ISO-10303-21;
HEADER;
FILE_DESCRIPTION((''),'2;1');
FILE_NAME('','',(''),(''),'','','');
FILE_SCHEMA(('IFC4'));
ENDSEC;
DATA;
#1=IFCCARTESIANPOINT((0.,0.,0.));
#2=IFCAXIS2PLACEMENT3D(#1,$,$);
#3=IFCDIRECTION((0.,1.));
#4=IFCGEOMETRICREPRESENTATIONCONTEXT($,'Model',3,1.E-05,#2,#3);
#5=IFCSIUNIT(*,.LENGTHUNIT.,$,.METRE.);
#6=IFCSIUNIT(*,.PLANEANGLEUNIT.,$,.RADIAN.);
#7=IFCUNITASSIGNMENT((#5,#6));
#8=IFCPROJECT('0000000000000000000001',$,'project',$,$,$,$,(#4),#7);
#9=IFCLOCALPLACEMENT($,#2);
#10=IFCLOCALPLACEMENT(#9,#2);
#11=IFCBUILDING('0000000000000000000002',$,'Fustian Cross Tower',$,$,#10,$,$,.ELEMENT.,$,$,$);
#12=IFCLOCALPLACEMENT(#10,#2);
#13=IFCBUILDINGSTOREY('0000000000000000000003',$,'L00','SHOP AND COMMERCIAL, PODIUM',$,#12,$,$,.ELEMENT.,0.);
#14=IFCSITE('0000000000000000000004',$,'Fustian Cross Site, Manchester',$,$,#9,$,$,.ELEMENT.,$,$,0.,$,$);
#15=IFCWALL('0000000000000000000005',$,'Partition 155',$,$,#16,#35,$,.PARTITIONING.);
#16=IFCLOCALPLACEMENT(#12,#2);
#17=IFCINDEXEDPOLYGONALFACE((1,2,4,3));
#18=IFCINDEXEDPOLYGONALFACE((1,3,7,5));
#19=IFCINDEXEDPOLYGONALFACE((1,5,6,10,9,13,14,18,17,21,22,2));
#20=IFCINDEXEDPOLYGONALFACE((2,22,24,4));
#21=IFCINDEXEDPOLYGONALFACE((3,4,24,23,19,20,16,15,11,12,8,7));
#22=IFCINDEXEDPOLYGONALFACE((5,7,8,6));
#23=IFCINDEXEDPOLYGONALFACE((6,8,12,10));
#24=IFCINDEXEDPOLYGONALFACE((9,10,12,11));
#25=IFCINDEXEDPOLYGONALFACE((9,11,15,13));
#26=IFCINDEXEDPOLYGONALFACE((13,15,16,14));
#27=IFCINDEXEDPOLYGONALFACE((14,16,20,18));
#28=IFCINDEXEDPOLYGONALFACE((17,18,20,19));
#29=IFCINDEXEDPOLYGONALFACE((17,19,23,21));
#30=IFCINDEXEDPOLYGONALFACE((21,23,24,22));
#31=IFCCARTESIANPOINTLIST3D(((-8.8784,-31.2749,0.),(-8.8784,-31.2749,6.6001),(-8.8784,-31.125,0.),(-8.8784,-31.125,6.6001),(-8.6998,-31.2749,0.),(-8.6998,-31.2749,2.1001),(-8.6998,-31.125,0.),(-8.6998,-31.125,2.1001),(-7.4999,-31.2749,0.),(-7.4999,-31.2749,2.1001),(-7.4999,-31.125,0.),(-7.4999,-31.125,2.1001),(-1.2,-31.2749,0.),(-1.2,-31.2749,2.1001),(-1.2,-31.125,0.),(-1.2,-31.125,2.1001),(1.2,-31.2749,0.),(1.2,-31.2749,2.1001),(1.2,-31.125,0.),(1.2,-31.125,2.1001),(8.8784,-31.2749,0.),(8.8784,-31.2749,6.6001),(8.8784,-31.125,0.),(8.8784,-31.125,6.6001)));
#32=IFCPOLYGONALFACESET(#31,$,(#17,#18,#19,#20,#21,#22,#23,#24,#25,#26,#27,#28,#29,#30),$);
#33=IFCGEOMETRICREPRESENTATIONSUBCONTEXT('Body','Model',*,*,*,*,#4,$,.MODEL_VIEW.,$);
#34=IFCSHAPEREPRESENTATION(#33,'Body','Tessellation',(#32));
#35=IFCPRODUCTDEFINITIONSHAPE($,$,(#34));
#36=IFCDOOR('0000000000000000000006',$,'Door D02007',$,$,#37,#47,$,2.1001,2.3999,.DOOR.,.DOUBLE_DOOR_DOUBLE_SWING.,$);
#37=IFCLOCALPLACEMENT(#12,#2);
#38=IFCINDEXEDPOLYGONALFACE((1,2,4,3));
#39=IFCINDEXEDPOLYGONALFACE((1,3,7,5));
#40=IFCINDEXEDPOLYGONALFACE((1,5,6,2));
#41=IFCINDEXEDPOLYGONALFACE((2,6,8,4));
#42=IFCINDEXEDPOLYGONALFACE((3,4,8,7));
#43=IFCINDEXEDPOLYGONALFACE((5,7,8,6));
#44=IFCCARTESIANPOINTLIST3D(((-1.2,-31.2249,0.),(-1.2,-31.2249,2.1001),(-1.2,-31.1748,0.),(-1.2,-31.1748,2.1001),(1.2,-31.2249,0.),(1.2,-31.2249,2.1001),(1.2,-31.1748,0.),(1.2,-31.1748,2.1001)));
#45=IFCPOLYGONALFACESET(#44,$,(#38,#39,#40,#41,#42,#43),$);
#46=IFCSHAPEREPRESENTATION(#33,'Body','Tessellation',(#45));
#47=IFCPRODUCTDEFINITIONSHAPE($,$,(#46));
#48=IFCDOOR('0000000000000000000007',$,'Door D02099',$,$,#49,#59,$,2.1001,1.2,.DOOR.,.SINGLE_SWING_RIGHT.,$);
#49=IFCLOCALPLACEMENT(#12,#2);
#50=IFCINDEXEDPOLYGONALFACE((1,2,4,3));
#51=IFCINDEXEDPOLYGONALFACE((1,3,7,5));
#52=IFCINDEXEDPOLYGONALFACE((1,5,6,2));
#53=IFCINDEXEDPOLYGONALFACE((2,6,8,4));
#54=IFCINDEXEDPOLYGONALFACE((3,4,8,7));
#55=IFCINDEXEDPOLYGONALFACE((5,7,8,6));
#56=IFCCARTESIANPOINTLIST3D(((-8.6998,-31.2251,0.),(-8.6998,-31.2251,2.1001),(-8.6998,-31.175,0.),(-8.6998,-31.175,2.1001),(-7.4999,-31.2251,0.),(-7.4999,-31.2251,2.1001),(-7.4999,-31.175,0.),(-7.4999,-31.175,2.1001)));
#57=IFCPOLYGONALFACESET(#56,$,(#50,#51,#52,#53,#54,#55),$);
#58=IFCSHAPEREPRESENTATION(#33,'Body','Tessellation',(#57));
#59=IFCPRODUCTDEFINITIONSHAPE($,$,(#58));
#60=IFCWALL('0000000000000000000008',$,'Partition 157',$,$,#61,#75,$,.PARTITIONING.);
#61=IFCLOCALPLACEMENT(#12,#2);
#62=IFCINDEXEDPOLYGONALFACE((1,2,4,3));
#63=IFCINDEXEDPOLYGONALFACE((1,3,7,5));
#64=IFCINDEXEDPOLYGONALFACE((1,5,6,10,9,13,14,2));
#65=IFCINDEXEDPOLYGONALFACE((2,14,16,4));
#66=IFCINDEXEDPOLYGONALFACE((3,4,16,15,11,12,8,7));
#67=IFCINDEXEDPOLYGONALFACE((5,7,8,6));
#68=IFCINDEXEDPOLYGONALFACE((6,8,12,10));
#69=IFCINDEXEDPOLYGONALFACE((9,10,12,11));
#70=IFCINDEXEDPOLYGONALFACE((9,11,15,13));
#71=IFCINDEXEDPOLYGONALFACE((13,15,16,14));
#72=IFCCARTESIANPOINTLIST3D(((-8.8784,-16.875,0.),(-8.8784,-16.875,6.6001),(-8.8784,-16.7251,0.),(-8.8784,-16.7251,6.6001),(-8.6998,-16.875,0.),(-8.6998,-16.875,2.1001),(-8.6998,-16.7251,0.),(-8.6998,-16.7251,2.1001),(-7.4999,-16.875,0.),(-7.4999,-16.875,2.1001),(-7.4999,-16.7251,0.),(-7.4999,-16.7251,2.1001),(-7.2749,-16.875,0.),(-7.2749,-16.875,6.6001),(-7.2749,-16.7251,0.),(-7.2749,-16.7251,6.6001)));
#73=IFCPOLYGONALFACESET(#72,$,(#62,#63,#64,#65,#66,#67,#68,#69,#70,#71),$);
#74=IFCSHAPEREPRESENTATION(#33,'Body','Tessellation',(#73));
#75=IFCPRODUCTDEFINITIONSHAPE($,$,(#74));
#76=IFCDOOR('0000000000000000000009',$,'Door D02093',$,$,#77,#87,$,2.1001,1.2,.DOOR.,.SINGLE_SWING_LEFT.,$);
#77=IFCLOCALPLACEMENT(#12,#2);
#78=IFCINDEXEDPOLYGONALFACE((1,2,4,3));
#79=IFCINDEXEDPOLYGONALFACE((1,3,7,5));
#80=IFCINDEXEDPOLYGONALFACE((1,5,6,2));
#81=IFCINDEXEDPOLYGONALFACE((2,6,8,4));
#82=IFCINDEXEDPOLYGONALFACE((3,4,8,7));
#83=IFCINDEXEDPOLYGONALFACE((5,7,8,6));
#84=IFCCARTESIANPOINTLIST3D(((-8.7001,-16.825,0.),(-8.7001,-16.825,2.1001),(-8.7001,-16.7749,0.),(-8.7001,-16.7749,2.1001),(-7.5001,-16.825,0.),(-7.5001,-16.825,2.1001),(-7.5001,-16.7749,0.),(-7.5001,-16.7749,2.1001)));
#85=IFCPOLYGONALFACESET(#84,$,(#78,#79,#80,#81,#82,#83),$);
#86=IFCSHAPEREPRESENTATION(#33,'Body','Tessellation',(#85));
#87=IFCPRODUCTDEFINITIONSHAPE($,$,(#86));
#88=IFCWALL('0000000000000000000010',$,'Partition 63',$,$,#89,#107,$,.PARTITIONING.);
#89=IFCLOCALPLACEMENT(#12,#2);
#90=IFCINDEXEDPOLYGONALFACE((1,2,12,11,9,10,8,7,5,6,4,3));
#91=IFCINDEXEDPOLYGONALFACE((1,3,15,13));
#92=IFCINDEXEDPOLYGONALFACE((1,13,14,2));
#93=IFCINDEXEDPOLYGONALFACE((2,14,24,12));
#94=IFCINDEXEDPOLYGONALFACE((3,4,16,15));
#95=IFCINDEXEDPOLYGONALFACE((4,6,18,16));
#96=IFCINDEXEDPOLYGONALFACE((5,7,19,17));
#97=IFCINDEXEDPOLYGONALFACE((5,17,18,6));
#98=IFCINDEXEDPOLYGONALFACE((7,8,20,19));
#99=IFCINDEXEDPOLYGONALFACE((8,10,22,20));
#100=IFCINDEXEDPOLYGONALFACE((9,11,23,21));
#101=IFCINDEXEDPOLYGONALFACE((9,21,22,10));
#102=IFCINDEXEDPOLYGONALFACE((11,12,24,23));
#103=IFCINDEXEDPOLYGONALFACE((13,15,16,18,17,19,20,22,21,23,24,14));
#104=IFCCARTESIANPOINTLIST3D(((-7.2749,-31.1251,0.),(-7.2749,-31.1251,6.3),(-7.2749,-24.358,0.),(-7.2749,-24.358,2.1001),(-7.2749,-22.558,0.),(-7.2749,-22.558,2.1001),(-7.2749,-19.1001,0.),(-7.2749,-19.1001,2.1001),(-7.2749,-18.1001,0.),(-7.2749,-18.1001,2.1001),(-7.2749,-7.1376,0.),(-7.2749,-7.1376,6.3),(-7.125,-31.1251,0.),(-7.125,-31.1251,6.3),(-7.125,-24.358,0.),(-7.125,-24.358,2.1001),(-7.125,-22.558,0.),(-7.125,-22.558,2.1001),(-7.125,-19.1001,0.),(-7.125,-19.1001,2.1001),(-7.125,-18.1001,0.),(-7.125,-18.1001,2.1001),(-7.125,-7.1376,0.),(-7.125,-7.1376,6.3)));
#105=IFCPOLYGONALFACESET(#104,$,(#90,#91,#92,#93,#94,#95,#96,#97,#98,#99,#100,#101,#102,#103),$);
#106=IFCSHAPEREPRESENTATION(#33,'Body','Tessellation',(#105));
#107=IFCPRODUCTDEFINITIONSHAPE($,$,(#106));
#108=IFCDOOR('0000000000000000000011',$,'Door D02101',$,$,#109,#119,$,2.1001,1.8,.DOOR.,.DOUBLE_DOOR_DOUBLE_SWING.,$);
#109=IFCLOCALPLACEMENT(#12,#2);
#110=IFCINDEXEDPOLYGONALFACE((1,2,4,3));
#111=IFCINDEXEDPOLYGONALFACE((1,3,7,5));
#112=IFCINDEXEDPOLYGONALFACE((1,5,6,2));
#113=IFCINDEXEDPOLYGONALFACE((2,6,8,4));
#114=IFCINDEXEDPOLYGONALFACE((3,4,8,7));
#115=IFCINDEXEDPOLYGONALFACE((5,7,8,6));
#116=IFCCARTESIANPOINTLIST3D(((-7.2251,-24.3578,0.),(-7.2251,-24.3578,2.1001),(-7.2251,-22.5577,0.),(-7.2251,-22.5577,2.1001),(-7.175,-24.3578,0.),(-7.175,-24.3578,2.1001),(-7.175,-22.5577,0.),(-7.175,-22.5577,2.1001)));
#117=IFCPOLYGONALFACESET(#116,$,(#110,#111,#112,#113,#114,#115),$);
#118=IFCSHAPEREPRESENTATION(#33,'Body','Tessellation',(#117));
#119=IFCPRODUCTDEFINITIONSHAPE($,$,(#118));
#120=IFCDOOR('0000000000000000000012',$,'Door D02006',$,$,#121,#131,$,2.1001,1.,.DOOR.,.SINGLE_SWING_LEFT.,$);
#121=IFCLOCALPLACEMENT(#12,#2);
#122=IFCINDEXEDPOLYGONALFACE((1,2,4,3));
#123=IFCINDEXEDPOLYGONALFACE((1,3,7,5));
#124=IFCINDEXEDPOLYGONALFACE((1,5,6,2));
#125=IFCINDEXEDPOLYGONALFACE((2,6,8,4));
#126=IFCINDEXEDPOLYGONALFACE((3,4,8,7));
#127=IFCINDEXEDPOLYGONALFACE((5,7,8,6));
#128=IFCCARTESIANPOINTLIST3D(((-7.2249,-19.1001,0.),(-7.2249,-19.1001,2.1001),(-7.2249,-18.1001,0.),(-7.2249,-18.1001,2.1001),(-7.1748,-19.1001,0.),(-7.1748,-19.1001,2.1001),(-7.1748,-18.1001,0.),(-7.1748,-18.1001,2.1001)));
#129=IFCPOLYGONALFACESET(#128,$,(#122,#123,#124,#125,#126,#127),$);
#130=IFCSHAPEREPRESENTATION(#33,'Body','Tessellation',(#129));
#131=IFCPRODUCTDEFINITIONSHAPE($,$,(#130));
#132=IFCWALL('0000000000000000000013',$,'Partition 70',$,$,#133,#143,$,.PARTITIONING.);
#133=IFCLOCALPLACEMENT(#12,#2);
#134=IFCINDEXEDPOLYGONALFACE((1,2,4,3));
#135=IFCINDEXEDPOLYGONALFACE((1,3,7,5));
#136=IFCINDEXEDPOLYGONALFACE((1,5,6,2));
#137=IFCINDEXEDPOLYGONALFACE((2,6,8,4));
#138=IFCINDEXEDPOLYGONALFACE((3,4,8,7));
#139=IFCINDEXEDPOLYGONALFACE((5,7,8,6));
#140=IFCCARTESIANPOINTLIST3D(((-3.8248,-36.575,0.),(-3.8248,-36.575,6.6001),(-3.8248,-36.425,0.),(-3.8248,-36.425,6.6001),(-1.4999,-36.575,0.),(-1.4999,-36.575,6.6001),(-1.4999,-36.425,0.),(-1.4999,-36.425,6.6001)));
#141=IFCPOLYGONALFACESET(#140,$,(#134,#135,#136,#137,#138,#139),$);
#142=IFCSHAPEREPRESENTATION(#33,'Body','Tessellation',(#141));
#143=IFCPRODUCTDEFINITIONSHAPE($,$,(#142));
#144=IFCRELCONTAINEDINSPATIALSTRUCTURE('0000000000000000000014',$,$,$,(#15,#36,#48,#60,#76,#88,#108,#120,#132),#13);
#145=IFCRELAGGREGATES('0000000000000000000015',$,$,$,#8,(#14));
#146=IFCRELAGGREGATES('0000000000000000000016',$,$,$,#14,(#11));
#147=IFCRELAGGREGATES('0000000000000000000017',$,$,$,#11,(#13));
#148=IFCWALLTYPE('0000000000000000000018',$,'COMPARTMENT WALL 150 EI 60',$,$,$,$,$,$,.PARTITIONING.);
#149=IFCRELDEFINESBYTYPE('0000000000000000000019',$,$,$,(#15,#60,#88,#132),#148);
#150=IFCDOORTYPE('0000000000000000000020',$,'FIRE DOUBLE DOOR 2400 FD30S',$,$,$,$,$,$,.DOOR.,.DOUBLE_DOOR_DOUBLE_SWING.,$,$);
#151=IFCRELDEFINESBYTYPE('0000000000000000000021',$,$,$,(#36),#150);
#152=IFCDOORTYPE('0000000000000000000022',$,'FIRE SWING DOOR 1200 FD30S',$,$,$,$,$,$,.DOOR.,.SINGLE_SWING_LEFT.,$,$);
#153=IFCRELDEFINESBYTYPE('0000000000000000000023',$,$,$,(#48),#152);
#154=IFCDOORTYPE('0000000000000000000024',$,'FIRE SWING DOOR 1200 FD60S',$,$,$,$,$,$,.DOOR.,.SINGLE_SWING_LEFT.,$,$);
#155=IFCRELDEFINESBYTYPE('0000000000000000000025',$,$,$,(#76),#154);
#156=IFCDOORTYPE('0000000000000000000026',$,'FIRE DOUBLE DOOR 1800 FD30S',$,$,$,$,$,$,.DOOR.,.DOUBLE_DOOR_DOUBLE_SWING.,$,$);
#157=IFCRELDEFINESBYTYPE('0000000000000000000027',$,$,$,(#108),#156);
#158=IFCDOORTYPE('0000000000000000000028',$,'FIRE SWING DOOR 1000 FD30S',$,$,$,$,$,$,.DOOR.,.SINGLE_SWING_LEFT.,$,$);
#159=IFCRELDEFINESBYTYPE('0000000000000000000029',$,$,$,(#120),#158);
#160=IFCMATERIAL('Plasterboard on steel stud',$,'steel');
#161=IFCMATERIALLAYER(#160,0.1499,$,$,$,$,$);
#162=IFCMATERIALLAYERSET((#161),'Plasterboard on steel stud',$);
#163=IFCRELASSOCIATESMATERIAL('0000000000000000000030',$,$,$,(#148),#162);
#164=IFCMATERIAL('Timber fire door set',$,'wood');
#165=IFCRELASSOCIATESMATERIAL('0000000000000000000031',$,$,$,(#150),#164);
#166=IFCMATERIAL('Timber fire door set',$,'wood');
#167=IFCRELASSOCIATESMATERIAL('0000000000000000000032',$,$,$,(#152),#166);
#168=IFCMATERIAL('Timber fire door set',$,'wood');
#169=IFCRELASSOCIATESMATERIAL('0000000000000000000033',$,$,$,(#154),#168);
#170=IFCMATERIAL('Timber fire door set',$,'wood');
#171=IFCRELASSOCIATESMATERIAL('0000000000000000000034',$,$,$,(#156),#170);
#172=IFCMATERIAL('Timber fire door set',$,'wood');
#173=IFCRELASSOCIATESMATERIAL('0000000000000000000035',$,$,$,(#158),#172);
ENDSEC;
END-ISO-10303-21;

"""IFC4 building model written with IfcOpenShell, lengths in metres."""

from ifc_helpers import new_model, si_unit, direction, frame, frame_2d, origin, place, context, subcontext, project, spatial, rectangle, extrude, material, layer, layer_set, type_object, element, fill, save


model = new_model("IFC4")

# Units and contexts
model_context = context("Model", 3, precision=1e-05, world=origin(), true_north=direction((0.0, 1.0)))
body_context = subcontext(model_context, "Body", "Model", "MODEL_VIEW")
ifc_project = project(units=[si_unit("LENGTHUNIT", "METRE"), si_unit("PLANEANGLEUNIT", "RADIAN")], contexts=[model_context])

# Site, building, storey
site_placement = place(None, origin())
site = spatial("IfcSite", under=ifc_project, at=site_placement, Name="Fustian Cross Site, Manchester", CompositionType="ELEMENT", RefElevation=0.0)
building_placement = place(site_placement, origin())
building = spatial("IfcBuilding", under=site, at=building_placement, Name="Fustian Cross Tower", CompositionType="ELEMENT")
storey_placement = place(building_placement, origin())
storey = spatial("IfcBuildingStorey", under=building, at=storey_placement, Name="L00", Description="SHOP AND COMMERCIAL, PODIUM", CompositionType="ELEMENT", Elevation=0.0)

# Wall, openings, doors
ifc_material_1 = material(Name="Plasterboard on steel stud", Category="steel")
ifc_layer_1 = layer(ifc_material_1, 0.1499)
ifc_layer_set_1 = layer_set([ifc_layer_1], Name="Plasterboard on steel stud")
wall_type_1 = type_object("IfcWallType", Name="COMPARTMENT WALL 150 EI 60", PredefinedType="PARTITIONING", material=ifc_layer_set_1)
wall_1_placement = place(storey_placement, frame((-8.8784, -31.2, 0.0), z_axis=(0.0, 0.0, 1.0), x_axis=(1.0, 0.0, 0.0)))
wall_1 = element("IfcWall", 1, at=wall_1_placement, inside=storey, type_object=wall_type_1, Name="Partition 155", PredefinedType="PARTITIONING", context=body_context, shape_type="SweptSolid", body=[
    extrude(rectangle(XDim=17.7568, YDim=0.1499, at=frame_2d((8.8784, 0.0))), origin(), (0.0, 0.0, 1.0), 6.6001),
])
opening_1_placement = place(wall_1_placement, frame((7.6785, 0.0, 0.0)))
opening_1 = element("IfcOpeningElement", 2, at=opening_1_placement, cuts=wall_1, PredefinedType="OPENING", context=body_context, shape_type="SweptSolid", body=[
    extrude(rectangle(XDim=2.3999, YDim=2.1001, at=frame_2d((1.2, 1.05))), frame((0.0, 0.085, 0.0), z_axis=(0.0, -1.0, 0.0), x_axis=(1.0, 0.0, 0.0)), (0.0, 0.0, 1.0), 0.1699),
])
opening_2_placement = place(wall_1_placement, frame((0.1785, 0.0, 0.0)))
opening_2 = element("IfcOpeningElement", 3, at=opening_2_placement, cuts=wall_1, PredefinedType="OPENING", context=body_context, shape_type="SweptSolid", body=[
    extrude(rectangle(XDim=1.2, YDim=2.1001, at=frame_2d((0.6001, 1.05))), frame((0.0, 0.085, 0.0), z_axis=(0.0, -1.0, 0.0), x_axis=(1.0, 0.0, 0.0)), (0.0, 0.0, 1.0), 0.1699),
])
ifc_material_2 = material(Name="Timber fire door set", Category="wood")
door_type_1 = type_object("IfcDoorType", Name="FIRE DOUBLE DOOR 2400 FD30S", OperationType="DOUBLE_DOOR_DOUBLE_SWING", PredefinedType="DOOR", material=ifc_material_2)
door_1_placement = place(opening_1_placement, frame((2.3999, 0.0, 0.0), z_axis=(0.0, 0.0, 1.0), x_axis=(-1.0, 0.0, 0.0)))
door_1 = element("IfcDoor", 4, at=door_1_placement, inside=storey, type_object=door_type_1, Name="Door D02007", OperationType="DOUBLE_DOOR_DOUBLE_SWING", OverallHeight=2.1001, OverallWidth=2.3999, PredefinedType="DOOR", context=body_context, shape_type="SweptSolid", body=[
    extrude(rectangle(XDim=2.3999, YDim=2.1001, at=frame_2d((1.2, 1.05))), frame((0.0, 0.0249, 0.0), z_axis=(0.0, -1.0, 0.0), x_axis=(1.0, 0.0, 0.0)), (0.0, 0.0, 1.0), 0.05),
])
fill(opening_1, door_1)
ifc_material_3 = material(Name="Timber fire door set", Category="wood")
door_type_2 = type_object("IfcDoorType", Name="FIRE SWING DOOR 1200 FD30S", OperationType="SINGLE_SWING_LEFT", PredefinedType="DOOR", material=ifc_material_3)
door_2_placement = place(opening_2_placement, origin())
door_2 = element("IfcDoor", 5, at=door_2_placement, inside=storey, type_object=door_type_2, Name="Door D02099", OperationType="SINGLE_SWING_RIGHT", OverallHeight=2.1001, OverallWidth=1.2, PredefinedType="DOOR", context=body_context, shape_type="SweptSolid", body=[
    extrude(rectangle(XDim=1.2, YDim=2.1001, at=frame_2d((0.6001, 1.05))), frame((0.0, 0.0249, 0.0), z_axis=(0.0, -1.0, 0.0), x_axis=(1.0, 0.0, 0.0)), (0.0, 0.0, 1.0), 0.05),
])
fill(opening_2, door_2)

# Wall, opening, door
wall_2_placement = place(storey_placement, frame((-8.8784, -16.8, 0.0), z_axis=(0.0, 0.0, 1.0), x_axis=(1.0, 0.0, 0.0)))
wall_2 = element("IfcWall", 6, at=wall_2_placement, inside=storey, type_object=wall_type_1, Name="Partition 157", PredefinedType="PARTITIONING", context=body_context, shape_type="SweptSolid", body=[
    extrude(rectangle(XDim=1.6035, YDim=0.1499, at=frame_2d((0.8018, 0.0))), origin(), (0.0, 0.0, 1.0), 6.6001),
])
opening_3_placement = place(wall_2_placement, frame((0.1785, 0.0, 0.0)))
opening_3 = element("IfcOpeningElement", 7, at=opening_3_placement, cuts=wall_2, PredefinedType="OPENING", context=body_context, shape_type="SweptSolid", body=[
    extrude(rectangle(XDim=1.2, YDim=2.1001, at=frame_2d((0.6001, 1.05))), frame((0.0, 0.085, 0.0), z_axis=(0.0, -1.0, 0.0), x_axis=(1.0, 0.0, 0.0)), (0.0, 0.0, 1.0), 0.1699),
])
ifc_material_4 = material(Name="Timber fire door set", Category="wood")
door_type_3 = type_object("IfcDoorType", Name="FIRE SWING DOOR 1200 FD60S", OperationType="SINGLE_SWING_LEFT", PredefinedType="DOOR", material=ifc_material_4)
door_3_placement = place(opening_3_placement, frame((1.2, 0.0, 0.0), z_axis=(0.0, 0.0, 1.0), x_axis=(-1.0, 0.0, 0.0)))
door_3 = element("IfcDoor", 8, at=door_3_placement, inside=storey, type_object=door_type_3, Name="Door D02093", OperationType="SINGLE_SWING_LEFT", OverallHeight=2.1001, OverallWidth=1.2, PredefinedType="DOOR", context=body_context, shape_type="SweptSolid", body=[
    extrude(rectangle(XDim=1.2, YDim=2.1001, at=frame_2d((0.6001, 1.05))), frame((0.0, 0.0249, 0.0), z_axis=(0.0, -1.0, 0.0), x_axis=(1.0, 0.0, 0.0)), (0.0, 0.0, 1.0), 0.05),
])
fill(opening_3, door_3)

# Wall, openings, doors
wall_3_placement = place(storey_placement, frame((-7.2, -31.125, 0.0), z_axis=(0.0, 0.0, 1.0), x_axis=(0.0, 1.0, 0.0)))
wall_3 = element("IfcWall", 9, at=wall_3_placement, inside=storey, type_object=wall_type_1, Name="Partition 63", PredefinedType="PARTITIONING", context=body_context, shape_type="SweptSolid", body=[
    extrude(rectangle(XDim=23.9875, YDim=0.1499, at=frame_2d((11.9937, 0.0))), origin(), (0.0, 0.0, 1.0), 6.3),
])
opening_4_placement = place(wall_3_placement, frame((12.0249, 0.0, 0.0)))
opening_4 = element("IfcOpeningElement", 10, at=opening_4_placement, cuts=wall_3, PredefinedType="OPENING", context=body_context, shape_type="SweptSolid", body=[
    extrude(rectangle(XDim=1.0, YDim=2.1001, at=frame_2d((0.5, 1.05))), frame((0.0, 0.085, 0.0), z_axis=(0.0, -1.0, 0.0), x_axis=(1.0, 0.0, 0.0)), (0.0, 0.0, 1.0), 0.1699),
])
opening_5_placement = place(wall_3_placement, frame((6.7671, 0.0, 0.0)))
opening_5 = element("IfcOpeningElement", 11, at=opening_5_placement, cuts=wall_3, PredefinedType="OPENING", context=body_context, shape_type="SweptSolid", body=[
    extrude(rectangle(XDim=1.8, YDim=2.1001, at=frame_2d((0.8999, 1.05))), frame((0.0, 0.085, 0.0), z_axis=(0.0, -1.0, 0.0), x_axis=(1.0, 0.0, 0.0)), (0.0, 0.0, 1.0), 0.1699),
])
ifc_material_5 = material(Name="Timber fire door set", Category="wood")
door_type_4 = type_object("IfcDoorType", Name="FIRE DOUBLE DOOR 1800 FD30S", OperationType="DOUBLE_DOOR_DOUBLE_SWING", PredefinedType="DOOR", material=ifc_material_5)
door_4_placement = place(opening_5_placement, frame((1.8, 0.0, 0.0), z_axis=(0.0, 0.0, 1.0), x_axis=(-1.0, 0.0, 0.0)))
door_4 = element("IfcDoor", 12, at=door_4_placement, inside=storey, type_object=door_type_4, Name="Door D02101", OperationType="DOUBLE_DOOR_DOUBLE_SWING", OverallHeight=2.1001, OverallWidth=1.8, PredefinedType="DOOR", context=body_context, shape_type="SweptSolid", body=[
    extrude(rectangle(XDim=1.8, YDim=2.1001, at=frame_2d((0.8999, 1.05))), frame((0.0, 0.0249, 0.0), z_axis=(0.0, -1.0, 0.0), x_axis=(1.0, 0.0, 0.0)), (0.0, 0.0, 1.0), 0.05),
])
fill(opening_5, door_4)
ifc_material_6 = material(Name="Timber fire door set", Category="wood")
door_type_5 = type_object("IfcDoorType", Name="FIRE SWING DOOR 1000 FD30S", OperationType="SINGLE_SWING_LEFT", PredefinedType="DOOR", material=ifc_material_6)
door_5_placement = place(opening_4_placement, origin())
door_5 = element("IfcDoor", 13, at=door_5_placement, inside=storey, type_object=door_type_5, Name="Door D02006", OperationType="SINGLE_SWING_LEFT", OverallHeight=2.1001, OverallWidth=1.0, PredefinedType="DOOR", context=body_context, shape_type="SweptSolid", body=[
    extrude(rectangle(XDim=1.0, YDim=2.1001, at=frame_2d((0.5, 1.05))), frame((0.0, 0.0249, 0.0), z_axis=(0.0, -1.0, 0.0), x_axis=(1.0, 0.0, 0.0)), (0.0, 0.0, 1.0), 0.05),
])
fill(opening_4, door_5)

# Wall
wall_4_placement = place(storey_placement, frame((-3.825, -36.5, 0.0), z_axis=(0.0, 0.0, 1.0), x_axis=(1.0, 0.0, 0.0)))
element("IfcWall", 14, at=wall_4_placement, inside=storey, type_object=wall_type_1, Name="Partition 70", PredefinedType="PARTITIONING", context=body_context, shape_type="SweptSolid", body=[
    extrude(rectangle(XDim=2.325, YDim=0.1499, at=frame_2d((1.1626, 0.0))), origin(), (0.0, 0.0, 1.0), 6.6001),
])

save(model, "model.ifc")
